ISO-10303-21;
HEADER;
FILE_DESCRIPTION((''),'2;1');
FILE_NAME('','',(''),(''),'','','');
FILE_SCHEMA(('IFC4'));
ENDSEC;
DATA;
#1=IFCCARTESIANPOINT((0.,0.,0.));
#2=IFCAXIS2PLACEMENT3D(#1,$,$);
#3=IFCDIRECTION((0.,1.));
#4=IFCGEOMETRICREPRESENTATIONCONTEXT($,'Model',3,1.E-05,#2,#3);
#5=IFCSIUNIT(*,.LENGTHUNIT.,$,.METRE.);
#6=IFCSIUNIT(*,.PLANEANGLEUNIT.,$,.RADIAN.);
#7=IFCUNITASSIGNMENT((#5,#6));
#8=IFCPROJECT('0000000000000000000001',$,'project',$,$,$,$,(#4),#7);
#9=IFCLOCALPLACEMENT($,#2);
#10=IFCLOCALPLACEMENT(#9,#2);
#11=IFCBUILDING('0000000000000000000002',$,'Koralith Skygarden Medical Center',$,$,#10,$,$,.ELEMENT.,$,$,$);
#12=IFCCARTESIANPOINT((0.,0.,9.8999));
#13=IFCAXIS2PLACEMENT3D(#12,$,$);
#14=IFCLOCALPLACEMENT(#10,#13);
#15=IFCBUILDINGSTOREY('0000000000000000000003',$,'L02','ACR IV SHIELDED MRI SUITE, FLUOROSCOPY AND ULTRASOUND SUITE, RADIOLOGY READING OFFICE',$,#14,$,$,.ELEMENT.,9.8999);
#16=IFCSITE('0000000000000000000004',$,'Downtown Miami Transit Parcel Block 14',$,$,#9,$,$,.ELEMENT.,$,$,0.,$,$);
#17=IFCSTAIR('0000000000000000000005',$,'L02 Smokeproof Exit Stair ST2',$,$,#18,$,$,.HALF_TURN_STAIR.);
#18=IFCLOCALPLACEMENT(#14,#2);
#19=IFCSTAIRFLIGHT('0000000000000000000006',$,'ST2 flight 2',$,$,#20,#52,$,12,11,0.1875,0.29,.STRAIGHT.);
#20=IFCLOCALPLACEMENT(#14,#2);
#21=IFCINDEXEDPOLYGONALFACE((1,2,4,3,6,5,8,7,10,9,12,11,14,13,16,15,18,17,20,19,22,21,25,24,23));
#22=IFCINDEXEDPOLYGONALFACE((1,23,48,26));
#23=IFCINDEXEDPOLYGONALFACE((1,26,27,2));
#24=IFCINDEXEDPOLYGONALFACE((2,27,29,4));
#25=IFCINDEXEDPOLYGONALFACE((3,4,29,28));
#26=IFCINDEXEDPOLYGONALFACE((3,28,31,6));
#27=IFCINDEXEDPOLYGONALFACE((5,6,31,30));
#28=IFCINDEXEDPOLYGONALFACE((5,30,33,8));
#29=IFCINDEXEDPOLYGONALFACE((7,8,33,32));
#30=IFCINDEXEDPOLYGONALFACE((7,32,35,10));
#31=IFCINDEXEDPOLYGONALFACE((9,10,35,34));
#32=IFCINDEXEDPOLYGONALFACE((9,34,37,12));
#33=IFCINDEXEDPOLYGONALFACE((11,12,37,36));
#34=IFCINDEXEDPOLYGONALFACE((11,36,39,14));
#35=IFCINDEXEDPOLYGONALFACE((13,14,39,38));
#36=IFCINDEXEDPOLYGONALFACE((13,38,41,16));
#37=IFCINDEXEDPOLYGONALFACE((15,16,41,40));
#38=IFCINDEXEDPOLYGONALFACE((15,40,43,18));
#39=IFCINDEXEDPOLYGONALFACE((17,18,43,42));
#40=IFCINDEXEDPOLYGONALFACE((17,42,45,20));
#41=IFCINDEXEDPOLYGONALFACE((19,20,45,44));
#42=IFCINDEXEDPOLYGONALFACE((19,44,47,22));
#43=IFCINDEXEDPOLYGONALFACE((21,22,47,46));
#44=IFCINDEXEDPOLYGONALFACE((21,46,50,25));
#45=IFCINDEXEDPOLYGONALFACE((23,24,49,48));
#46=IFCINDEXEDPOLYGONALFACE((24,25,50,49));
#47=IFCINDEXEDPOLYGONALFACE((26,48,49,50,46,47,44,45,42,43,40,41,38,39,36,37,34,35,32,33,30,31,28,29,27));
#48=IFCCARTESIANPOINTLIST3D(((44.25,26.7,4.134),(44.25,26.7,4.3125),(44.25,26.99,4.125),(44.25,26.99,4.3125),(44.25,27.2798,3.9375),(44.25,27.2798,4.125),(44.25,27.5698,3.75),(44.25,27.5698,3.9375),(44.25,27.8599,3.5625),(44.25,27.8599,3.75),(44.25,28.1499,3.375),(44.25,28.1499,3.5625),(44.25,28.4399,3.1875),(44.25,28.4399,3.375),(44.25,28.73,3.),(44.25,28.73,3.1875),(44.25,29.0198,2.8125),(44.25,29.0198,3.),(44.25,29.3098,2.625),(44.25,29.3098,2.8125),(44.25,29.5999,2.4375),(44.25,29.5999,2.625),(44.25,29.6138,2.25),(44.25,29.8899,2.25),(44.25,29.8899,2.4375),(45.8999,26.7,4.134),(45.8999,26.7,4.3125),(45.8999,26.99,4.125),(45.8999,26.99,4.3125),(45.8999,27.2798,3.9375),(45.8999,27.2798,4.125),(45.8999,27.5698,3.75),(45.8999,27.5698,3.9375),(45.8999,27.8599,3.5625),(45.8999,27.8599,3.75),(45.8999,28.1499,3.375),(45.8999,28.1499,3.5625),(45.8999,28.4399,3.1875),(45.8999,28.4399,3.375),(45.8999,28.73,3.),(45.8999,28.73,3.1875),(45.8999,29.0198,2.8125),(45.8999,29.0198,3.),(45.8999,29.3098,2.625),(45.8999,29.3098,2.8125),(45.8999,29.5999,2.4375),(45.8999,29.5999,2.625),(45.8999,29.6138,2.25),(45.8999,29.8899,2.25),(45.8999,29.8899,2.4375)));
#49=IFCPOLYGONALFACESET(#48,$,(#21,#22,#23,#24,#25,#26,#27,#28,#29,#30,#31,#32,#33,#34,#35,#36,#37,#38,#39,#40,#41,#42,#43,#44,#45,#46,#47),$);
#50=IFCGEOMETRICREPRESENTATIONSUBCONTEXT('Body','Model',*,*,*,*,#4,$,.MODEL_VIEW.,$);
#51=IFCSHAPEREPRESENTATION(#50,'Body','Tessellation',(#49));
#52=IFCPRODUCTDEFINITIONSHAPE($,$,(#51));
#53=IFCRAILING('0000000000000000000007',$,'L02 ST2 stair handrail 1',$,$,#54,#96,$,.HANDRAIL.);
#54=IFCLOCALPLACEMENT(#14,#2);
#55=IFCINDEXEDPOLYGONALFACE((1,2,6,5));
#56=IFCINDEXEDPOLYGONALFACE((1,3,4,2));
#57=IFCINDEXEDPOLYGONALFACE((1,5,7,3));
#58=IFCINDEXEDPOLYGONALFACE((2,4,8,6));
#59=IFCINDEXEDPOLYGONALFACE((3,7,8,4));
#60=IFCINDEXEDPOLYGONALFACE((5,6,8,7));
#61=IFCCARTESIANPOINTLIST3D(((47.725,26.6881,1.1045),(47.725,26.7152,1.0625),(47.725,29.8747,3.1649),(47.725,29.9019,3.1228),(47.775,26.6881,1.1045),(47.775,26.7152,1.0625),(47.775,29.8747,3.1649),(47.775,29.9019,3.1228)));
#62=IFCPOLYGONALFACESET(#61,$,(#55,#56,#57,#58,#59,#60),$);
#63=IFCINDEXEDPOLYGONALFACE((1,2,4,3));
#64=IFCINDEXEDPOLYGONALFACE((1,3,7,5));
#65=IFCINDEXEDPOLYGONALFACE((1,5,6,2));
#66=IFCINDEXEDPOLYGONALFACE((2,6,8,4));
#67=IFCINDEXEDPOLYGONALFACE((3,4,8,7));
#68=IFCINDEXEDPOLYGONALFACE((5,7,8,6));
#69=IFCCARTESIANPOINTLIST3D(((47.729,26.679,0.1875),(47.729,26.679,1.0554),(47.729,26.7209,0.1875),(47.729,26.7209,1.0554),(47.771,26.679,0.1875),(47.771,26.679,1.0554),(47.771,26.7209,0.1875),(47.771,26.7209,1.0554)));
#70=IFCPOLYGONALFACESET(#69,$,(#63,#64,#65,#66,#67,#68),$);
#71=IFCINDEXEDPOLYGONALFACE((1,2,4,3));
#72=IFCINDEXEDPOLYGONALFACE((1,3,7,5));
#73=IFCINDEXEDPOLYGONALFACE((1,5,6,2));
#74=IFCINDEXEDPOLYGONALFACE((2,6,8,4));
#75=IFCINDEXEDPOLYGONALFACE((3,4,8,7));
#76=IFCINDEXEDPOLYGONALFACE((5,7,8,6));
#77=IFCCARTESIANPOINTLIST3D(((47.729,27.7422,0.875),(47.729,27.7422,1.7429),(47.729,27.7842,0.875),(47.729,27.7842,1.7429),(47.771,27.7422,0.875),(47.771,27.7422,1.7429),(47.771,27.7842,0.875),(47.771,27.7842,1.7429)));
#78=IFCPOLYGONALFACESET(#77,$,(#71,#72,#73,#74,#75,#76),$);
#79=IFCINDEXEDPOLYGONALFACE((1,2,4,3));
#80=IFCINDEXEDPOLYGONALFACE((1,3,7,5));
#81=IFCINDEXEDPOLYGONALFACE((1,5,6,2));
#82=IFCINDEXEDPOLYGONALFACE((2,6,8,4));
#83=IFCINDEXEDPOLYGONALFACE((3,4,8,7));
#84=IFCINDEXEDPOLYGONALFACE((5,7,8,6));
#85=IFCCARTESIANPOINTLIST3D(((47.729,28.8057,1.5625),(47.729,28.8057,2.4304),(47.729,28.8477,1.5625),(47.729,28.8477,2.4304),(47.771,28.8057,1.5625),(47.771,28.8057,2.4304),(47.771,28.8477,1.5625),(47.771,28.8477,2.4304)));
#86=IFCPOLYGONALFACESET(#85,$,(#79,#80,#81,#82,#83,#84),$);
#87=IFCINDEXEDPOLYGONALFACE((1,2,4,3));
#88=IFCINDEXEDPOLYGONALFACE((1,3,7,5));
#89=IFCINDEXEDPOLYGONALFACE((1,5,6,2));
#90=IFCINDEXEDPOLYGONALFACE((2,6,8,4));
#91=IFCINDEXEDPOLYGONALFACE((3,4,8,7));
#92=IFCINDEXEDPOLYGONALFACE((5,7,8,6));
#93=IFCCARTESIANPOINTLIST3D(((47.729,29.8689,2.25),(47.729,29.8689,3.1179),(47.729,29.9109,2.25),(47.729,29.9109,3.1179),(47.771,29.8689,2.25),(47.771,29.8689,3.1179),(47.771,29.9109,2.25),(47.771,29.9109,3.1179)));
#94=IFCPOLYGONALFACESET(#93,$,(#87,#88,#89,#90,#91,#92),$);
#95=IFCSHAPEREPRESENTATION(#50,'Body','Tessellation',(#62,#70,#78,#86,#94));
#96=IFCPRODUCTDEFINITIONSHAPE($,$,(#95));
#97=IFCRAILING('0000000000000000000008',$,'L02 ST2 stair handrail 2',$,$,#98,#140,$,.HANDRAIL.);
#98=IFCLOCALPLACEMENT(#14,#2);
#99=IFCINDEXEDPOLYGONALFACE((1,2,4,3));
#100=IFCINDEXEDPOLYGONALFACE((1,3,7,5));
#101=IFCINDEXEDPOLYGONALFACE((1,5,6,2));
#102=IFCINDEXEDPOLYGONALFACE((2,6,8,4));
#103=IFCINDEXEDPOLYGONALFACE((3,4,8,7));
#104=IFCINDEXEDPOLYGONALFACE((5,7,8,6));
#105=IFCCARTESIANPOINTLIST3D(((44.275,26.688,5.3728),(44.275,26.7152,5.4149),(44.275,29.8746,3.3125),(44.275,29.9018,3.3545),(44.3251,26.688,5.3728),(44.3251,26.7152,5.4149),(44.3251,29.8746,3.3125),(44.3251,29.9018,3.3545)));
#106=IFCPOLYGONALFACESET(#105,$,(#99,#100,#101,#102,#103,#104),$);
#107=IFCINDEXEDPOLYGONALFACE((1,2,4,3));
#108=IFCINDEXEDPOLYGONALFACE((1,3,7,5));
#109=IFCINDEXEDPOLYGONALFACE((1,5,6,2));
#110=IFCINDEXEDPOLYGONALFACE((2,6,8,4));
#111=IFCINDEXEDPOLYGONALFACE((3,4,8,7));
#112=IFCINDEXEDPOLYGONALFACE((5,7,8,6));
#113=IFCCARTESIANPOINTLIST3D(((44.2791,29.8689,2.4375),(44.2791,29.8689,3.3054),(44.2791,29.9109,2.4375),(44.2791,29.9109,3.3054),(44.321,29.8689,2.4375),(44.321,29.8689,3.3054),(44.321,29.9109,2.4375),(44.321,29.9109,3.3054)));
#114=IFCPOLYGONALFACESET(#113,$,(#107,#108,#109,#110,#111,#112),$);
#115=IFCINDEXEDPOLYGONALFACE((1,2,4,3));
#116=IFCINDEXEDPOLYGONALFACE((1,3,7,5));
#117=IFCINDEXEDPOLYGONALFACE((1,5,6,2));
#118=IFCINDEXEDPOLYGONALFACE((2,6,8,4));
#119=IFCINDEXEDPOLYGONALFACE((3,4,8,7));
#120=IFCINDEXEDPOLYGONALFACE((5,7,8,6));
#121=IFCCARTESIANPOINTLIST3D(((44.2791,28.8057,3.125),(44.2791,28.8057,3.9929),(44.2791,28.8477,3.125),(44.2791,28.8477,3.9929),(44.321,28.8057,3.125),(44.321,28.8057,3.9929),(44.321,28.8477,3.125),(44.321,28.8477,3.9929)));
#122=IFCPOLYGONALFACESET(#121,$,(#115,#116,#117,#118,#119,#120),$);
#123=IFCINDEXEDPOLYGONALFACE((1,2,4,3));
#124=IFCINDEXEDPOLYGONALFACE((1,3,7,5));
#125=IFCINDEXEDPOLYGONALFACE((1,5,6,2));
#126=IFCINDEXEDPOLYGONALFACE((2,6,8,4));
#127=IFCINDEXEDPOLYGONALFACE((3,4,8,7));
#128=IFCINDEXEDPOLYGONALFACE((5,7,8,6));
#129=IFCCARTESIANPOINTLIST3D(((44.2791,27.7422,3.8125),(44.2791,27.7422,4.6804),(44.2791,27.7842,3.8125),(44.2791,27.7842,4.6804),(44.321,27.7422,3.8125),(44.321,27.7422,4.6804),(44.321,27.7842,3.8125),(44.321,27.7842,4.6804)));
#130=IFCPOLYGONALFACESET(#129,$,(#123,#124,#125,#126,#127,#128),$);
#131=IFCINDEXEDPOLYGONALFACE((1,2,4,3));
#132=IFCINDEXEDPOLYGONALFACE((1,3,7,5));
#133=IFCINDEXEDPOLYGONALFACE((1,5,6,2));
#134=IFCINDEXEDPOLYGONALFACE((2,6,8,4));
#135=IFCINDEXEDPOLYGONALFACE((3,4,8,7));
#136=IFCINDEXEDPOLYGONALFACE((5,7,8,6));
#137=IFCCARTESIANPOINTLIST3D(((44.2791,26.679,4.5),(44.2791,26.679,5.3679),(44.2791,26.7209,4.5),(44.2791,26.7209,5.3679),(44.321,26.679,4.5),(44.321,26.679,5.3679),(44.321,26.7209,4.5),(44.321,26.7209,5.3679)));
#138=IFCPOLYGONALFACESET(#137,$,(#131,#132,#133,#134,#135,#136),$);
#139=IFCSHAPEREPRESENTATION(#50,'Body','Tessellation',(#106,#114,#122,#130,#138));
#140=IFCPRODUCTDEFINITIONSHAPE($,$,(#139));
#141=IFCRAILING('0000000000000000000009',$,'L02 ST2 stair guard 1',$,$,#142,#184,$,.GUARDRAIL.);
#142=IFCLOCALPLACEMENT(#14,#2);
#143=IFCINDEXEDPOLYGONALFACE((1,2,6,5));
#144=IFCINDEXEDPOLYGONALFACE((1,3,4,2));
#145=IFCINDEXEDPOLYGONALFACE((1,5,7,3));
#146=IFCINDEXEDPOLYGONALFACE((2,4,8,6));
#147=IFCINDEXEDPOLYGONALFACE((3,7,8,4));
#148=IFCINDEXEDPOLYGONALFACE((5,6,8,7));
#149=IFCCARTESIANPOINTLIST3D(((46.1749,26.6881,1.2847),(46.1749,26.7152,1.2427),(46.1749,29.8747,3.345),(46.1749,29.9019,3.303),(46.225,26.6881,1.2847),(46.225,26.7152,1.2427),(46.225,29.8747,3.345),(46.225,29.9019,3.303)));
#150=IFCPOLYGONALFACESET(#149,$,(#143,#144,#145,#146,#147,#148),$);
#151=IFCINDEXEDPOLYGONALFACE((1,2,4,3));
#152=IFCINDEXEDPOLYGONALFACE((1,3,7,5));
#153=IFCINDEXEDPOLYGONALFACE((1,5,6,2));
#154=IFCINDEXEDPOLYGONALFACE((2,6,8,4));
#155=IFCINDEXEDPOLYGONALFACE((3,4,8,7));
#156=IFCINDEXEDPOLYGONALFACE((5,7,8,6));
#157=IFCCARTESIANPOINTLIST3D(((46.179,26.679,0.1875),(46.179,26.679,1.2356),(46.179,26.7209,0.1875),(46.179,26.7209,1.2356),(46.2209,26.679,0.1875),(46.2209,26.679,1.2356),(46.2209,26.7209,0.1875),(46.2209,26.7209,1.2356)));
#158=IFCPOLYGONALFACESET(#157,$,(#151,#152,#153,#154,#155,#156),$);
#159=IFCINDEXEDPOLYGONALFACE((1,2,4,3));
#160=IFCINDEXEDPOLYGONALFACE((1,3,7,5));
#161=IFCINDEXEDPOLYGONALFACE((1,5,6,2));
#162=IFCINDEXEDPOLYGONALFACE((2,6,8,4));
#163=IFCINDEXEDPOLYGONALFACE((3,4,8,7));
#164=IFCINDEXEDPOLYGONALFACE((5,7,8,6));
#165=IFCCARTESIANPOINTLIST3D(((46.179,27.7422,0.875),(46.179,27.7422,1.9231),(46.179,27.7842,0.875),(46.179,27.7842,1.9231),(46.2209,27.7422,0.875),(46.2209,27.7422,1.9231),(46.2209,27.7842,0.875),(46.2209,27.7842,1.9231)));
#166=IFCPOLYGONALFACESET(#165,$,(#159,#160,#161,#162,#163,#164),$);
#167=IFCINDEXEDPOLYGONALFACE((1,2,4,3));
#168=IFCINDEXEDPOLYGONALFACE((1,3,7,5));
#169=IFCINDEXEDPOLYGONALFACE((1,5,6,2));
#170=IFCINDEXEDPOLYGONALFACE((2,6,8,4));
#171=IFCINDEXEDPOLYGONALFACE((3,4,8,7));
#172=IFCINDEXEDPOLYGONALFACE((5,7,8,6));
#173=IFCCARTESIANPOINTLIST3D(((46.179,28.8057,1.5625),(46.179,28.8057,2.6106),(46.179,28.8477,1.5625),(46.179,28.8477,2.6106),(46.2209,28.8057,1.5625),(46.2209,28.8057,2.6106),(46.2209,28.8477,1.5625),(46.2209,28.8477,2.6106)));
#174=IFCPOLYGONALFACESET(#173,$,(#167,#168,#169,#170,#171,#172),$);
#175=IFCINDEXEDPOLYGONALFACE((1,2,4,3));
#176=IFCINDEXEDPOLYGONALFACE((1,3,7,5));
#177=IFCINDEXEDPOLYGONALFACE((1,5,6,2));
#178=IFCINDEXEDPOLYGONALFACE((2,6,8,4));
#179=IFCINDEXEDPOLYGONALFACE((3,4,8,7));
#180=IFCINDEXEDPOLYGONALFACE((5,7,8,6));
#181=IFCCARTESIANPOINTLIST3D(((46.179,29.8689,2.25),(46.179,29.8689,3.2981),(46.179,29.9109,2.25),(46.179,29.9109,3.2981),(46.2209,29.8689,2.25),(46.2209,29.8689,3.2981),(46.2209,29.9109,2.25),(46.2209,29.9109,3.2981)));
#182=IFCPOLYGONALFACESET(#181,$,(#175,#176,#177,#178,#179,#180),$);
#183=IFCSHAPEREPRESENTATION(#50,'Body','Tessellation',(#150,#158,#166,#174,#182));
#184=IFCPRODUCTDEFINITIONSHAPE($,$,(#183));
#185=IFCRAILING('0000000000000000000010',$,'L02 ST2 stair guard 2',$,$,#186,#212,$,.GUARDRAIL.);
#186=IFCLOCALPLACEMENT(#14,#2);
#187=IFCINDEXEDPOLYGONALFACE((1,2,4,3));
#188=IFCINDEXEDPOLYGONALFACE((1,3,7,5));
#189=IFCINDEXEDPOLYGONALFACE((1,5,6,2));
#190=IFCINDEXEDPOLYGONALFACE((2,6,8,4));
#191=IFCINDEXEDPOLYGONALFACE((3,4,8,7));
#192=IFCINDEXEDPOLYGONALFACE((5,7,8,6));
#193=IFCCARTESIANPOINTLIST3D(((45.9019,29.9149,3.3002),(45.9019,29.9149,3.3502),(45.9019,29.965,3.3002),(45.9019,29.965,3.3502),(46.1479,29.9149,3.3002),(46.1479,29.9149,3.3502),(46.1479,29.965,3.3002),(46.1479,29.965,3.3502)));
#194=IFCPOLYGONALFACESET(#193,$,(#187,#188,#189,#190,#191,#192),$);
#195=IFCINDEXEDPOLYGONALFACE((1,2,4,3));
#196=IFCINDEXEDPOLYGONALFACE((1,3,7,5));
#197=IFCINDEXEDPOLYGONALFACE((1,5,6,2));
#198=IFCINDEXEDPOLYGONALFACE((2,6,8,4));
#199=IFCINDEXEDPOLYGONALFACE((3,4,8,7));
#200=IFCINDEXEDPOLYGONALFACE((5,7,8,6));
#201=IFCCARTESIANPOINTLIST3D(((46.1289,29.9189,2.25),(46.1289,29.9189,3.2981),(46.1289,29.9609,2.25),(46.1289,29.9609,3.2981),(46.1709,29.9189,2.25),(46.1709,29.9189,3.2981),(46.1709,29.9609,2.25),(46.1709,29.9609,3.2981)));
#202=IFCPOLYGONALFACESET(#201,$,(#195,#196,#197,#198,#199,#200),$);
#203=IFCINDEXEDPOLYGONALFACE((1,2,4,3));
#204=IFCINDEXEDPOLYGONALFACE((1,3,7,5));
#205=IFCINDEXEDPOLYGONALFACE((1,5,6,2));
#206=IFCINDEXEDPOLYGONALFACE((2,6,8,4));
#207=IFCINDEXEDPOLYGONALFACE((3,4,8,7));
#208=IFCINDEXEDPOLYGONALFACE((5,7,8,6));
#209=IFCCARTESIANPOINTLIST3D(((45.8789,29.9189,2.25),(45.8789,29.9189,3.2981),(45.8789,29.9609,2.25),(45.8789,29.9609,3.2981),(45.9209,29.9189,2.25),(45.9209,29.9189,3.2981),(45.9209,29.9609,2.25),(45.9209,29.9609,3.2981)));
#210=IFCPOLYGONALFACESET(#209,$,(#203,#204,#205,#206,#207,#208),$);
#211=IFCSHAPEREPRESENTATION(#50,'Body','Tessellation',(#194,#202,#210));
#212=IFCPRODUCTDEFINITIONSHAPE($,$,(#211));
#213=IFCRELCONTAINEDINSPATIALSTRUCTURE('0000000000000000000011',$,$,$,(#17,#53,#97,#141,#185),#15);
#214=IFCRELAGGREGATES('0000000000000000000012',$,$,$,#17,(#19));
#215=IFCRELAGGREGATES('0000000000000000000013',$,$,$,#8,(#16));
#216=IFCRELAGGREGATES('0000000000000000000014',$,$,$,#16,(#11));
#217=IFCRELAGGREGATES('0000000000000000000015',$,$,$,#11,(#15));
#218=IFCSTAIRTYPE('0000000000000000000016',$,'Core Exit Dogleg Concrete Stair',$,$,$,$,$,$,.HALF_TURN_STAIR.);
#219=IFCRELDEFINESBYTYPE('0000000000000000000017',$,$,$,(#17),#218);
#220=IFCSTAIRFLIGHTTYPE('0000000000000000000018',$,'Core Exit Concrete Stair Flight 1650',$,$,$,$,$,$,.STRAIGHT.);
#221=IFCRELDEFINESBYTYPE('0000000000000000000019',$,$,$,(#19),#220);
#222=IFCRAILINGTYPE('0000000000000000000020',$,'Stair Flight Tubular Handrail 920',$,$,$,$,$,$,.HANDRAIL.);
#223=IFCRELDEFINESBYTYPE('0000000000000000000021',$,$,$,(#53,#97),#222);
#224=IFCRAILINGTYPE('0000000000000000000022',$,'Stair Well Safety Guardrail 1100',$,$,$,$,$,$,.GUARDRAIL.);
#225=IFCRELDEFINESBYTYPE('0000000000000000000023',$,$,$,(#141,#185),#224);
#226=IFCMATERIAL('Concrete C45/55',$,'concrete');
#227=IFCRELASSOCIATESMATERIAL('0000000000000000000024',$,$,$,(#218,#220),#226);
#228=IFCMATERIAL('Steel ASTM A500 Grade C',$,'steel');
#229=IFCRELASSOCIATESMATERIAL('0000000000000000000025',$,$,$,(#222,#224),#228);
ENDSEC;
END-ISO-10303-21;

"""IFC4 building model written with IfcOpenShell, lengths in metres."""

from ifc_helpers import new_model, si_unit, direction, frame, origin, origin_2d, place, context, subcontext, project, spatial, polyline, rectangle, outline, extrude, material, type_object, element, aggregate, save


model = new_model("IFC4")

# Units and contexts
model_context = context("Model", 3, precision=1e-05, world=origin(), true_north=direction((0.0, 1.0)))
body_context = subcontext(model_context, "Body", "Model", "MODEL_VIEW")
ifc_project = project(units=[si_unit("LENGTHUNIT", "METRE"), si_unit("PLANEANGLEUNIT", "RADIAN")], contexts=[model_context])

# Site, building, storey
site_placement = place(None, origin())
site = spatial("IfcSite", under=ifc_project, at=site_placement, Name="Downtown Miami Transit Parcel Block 14", CompositionType="ELEMENT", RefElevation=0.0)
building_placement = place(site_placement, origin())
building = spatial("IfcBuilding", under=site, at=building_placement, Name="Koralith Skygarden Medical Center", CompositionType="ELEMENT")
storey_placement = place(building_placement, frame((0.0, 0.0, 9.8999)))
storey = spatial("IfcBuildingStorey", under=building, at=storey_placement, Name="L02", Description="ACR IV SHIELDED MRI SUITE, FLUOROSCOPY AND ULTRASOUND SUITE, RADIOLOGY READING OFFICE", CompositionType="ELEMENT", Elevation=9.8999)

# Shared definitions
ifc_material_1 = material(Name="Concrete C45/55", Category="concrete")

# Stair, stair flight
stair_type = type_object("IfcStairType", Name="Core Exit Dogleg Concrete Stair", PredefinedType="HALF_TURN_STAIR", material=ifc_material_1)
stair_placement = place(storey_placement, origin())
stair = element("IfcStair", 1, at=stair_placement, inside=storey, type_object=stair_type, Name="L02 Smokeproof Exit Stair ST2", PredefinedType="HALF_TURN_STAIR")
stair_flight_type = type_object("IfcStairFlightType", Name="Core Exit Concrete Stair Flight 1650", PredefinedType="STRAIGHT", material=ifc_material_1)
stair_flight_1_placement = place(storey_placement, frame((45.075, 29.8899, 2.25), z_axis=(0.0, 0.0, 1.0), x_axis=(0.0, -1.0, 0.0)))
stair_flight_1 = element("IfcStairFlight", 2, at=stair_flight_1_placement, type_object=stair_flight_type, Name="ST2 flight 2", NumberOfRisers=12, NumberOfTreads=11, PredefinedType="STRAIGHT", RiserHeight=0.1875, TreadLength=0.29, context=body_context, shape_type="SweptSolid", body=[
    extrude(outline(polyline([(0.0, 0.0), (0.0, 0.1875), (0.29, 0.1875), (0.29, 0.375), (0.5801, 0.375), (0.5801, 0.5625), (0.8701, 0.5625), (0.8701, 0.75), (1.1599, 0.75), (1.1599, 0.9375), (1.45, 0.9375), (1.45, 1.125), (1.74, 1.125), (1.74, 1.3125), (2.03, 1.3125), (2.03, 1.5), (2.3201, 1.5), (2.3201, 1.6875), (2.6101, 1.6875), (2.6101, 1.875), (2.8999, 1.875), (2.8999, 2.0625), (3.1899, 2.0625), (3.1899, 2.25), (3.1899, 1.884), (0.2761, 0.0), (0.0, 0.0)])), frame((0.0, 0.825, 0.0), z_axis=(0.0, -1.0, 0.0), x_axis=(1.0, 0.0, 0.0)), (0.0, 0.0, 1.0), 1.6499),
])
aggregate(stair, [stair_flight_1])

# Railings
ifc_material_2 = material(Name="Steel ASTM A500 Grade C", Category="steel")
railing_type_1 = type_object("IfcRailingType", Name="Stair Flight Tubular Handrail 920", PredefinedType="HANDRAIL", material=ifc_material_2)
railing_1_placement = place(storey_placement, frame((47.75, 26.7, 0.1875)))
element("IfcRailing", 3, at=railing_1_placement, inside=storey, type_object=railing_type_1, Name="L02 ST2 stair handrail 1", PredefinedType="HANDRAIL", context=body_context, shape_type="SweptSolid", body=[
    extrude(rectangle(XDim=0.05, YDim=0.05, at=origin_2d()), frame((0.0, 0.0017, 0.896), z_axis=(0.0, 0.83976, 0.542958), x_axis=(-1.0, 0.0, 0.0)), (0.0, 0.0, 1.0), 3.7947),
    extrude(rectangle(XDim=0.042, YDim=0.042, at=origin_2d()), origin(), (0.0, 0.0, 1.0), 0.8679),
    extrude(rectangle(XDim=0.042, YDim=0.042, at=origin_2d()), frame((0.0, 1.0632, 0.6875)), (0.0, 0.0, 1.0), 0.8679),
    extrude(rectangle(XDim=0.042, YDim=0.042, at=origin_2d()), frame((0.0, 2.1267, 1.375)), (0.0, 0.0, 1.0), 0.8679),
    extrude(rectangle(XDim=0.042, YDim=0.042, at=origin_2d()), frame((0.0, 3.1899, 2.0625)), (0.0, 0.0, 1.0), 0.8679),
])
railing_2_placement = place(storey_placement, frame((44.3, 29.8899, 2.4375)))
element("IfcRailing", 4, at=railing_2_placement, inside=storey, type_object=railing_type_1, Name="L02 ST2 stair handrail 2", PredefinedType="HANDRAIL", context=body_context, shape_type="SweptSolid", body=[
    extrude(rectangle(XDim=0.05, YDim=0.05, at=origin_2d()), frame((0.0, -0.0017, 0.896), z_axis=(0.0, -0.83976, 0.542958), x_axis=(1.0, 0.0, 0.0)), (0.0, 0.0, 1.0), 3.7947),
    extrude(rectangle(XDim=0.042, YDim=0.042, at=origin_2d()), origin(), (0.0, 0.0, 1.0), 0.8679),
    extrude(rectangle(XDim=0.042, YDim=0.042, at=origin_2d()), frame((0.0, -1.0632, 0.6875)), (0.0, 0.0, 1.0), 0.8679),
    extrude(rectangle(XDim=0.042, YDim=0.042, at=origin_2d()), frame((0.0, -2.1267, 1.375)), (0.0, 0.0, 1.0), 0.8679),
    extrude(rectangle(XDim=0.042, YDim=0.042, at=origin_2d()), frame((0.0, -3.1899, 2.0625)), (0.0, 0.0, 1.0), 0.8679),
])
railing_type_2 = type_object("IfcRailingType", Name="Stair Well Safety Guardrail 1100", PredefinedType="GUARDRAIL", material=ifc_material_2)
railing_3_placement = place(storey_placement, frame((46.2, 26.7, 0.1875)))
element("IfcRailing", 5, at=railing_3_placement, inside=storey, type_object=railing_type_2, Name="L02 ST2 stair guard 1", PredefinedType="GUARDRAIL", context=body_context, shape_type="SweptSolid", body=[
    extrude(rectangle(XDim=0.05, YDim=0.05, at=origin_2d()), frame((0.0, 0.0017, 1.0762), z_axis=(0.0, 0.83976, 0.542958), x_axis=(-1.0, 0.0, 0.0)), (0.0, 0.0, 1.0), 3.7947),
    extrude(rectangle(XDim=0.042, YDim=0.042, at=origin_2d()), origin(), (0.0, 0.0, 1.0), 1.0481),
    extrude(rectangle(XDim=0.042, YDim=0.042, at=origin_2d()), frame((0.0, 1.0632, 0.6875)), (0.0, 0.0, 1.0), 1.0481),
    extrude(rectangle(XDim=0.042, YDim=0.042, at=origin_2d()), frame((0.0, 2.1267, 1.375)), (0.0, 0.0, 1.0), 1.0481),
    extrude(rectangle(XDim=0.042, YDim=0.042, at=origin_2d()), frame((0.0, 3.1899, 2.0625)), (0.0, 0.0, 1.0), 1.0481),
])
railing_4_placement = place(storey_placement, frame((46.1499, 29.9399, 2.25)))
element("IfcRailing", 6, at=railing_4_placement, inside=storey, type_object=railing_type_2, Name="L02 ST2 stair guard 2", PredefinedType="GUARDRAIL", context=body_context, shape_type="SweptSolid", body=[
    extrude(rectangle(XDim=0.05, YDim=0.05, at=origin_2d()), frame((-0.002, 0.0, 1.0752), z_axis=(-1.0, 0.0, 0.0), x_axis=(0.0, -1.0, 0.0)), (0.0, 0.0, 1.0), 0.2461),
    extrude(rectangle(XDim=0.042, YDim=0.042, at=origin_2d()), origin(), (0.0, 0.0, 1.0), 1.0481),
    extrude(rectangle(XDim=0.042, YDim=0.042, at=origin_2d()), frame((-0.25, 0.0, 0.0)), (0.0, 0.0, 1.0), 1.0481),
])

save(model, "model.ifc")
